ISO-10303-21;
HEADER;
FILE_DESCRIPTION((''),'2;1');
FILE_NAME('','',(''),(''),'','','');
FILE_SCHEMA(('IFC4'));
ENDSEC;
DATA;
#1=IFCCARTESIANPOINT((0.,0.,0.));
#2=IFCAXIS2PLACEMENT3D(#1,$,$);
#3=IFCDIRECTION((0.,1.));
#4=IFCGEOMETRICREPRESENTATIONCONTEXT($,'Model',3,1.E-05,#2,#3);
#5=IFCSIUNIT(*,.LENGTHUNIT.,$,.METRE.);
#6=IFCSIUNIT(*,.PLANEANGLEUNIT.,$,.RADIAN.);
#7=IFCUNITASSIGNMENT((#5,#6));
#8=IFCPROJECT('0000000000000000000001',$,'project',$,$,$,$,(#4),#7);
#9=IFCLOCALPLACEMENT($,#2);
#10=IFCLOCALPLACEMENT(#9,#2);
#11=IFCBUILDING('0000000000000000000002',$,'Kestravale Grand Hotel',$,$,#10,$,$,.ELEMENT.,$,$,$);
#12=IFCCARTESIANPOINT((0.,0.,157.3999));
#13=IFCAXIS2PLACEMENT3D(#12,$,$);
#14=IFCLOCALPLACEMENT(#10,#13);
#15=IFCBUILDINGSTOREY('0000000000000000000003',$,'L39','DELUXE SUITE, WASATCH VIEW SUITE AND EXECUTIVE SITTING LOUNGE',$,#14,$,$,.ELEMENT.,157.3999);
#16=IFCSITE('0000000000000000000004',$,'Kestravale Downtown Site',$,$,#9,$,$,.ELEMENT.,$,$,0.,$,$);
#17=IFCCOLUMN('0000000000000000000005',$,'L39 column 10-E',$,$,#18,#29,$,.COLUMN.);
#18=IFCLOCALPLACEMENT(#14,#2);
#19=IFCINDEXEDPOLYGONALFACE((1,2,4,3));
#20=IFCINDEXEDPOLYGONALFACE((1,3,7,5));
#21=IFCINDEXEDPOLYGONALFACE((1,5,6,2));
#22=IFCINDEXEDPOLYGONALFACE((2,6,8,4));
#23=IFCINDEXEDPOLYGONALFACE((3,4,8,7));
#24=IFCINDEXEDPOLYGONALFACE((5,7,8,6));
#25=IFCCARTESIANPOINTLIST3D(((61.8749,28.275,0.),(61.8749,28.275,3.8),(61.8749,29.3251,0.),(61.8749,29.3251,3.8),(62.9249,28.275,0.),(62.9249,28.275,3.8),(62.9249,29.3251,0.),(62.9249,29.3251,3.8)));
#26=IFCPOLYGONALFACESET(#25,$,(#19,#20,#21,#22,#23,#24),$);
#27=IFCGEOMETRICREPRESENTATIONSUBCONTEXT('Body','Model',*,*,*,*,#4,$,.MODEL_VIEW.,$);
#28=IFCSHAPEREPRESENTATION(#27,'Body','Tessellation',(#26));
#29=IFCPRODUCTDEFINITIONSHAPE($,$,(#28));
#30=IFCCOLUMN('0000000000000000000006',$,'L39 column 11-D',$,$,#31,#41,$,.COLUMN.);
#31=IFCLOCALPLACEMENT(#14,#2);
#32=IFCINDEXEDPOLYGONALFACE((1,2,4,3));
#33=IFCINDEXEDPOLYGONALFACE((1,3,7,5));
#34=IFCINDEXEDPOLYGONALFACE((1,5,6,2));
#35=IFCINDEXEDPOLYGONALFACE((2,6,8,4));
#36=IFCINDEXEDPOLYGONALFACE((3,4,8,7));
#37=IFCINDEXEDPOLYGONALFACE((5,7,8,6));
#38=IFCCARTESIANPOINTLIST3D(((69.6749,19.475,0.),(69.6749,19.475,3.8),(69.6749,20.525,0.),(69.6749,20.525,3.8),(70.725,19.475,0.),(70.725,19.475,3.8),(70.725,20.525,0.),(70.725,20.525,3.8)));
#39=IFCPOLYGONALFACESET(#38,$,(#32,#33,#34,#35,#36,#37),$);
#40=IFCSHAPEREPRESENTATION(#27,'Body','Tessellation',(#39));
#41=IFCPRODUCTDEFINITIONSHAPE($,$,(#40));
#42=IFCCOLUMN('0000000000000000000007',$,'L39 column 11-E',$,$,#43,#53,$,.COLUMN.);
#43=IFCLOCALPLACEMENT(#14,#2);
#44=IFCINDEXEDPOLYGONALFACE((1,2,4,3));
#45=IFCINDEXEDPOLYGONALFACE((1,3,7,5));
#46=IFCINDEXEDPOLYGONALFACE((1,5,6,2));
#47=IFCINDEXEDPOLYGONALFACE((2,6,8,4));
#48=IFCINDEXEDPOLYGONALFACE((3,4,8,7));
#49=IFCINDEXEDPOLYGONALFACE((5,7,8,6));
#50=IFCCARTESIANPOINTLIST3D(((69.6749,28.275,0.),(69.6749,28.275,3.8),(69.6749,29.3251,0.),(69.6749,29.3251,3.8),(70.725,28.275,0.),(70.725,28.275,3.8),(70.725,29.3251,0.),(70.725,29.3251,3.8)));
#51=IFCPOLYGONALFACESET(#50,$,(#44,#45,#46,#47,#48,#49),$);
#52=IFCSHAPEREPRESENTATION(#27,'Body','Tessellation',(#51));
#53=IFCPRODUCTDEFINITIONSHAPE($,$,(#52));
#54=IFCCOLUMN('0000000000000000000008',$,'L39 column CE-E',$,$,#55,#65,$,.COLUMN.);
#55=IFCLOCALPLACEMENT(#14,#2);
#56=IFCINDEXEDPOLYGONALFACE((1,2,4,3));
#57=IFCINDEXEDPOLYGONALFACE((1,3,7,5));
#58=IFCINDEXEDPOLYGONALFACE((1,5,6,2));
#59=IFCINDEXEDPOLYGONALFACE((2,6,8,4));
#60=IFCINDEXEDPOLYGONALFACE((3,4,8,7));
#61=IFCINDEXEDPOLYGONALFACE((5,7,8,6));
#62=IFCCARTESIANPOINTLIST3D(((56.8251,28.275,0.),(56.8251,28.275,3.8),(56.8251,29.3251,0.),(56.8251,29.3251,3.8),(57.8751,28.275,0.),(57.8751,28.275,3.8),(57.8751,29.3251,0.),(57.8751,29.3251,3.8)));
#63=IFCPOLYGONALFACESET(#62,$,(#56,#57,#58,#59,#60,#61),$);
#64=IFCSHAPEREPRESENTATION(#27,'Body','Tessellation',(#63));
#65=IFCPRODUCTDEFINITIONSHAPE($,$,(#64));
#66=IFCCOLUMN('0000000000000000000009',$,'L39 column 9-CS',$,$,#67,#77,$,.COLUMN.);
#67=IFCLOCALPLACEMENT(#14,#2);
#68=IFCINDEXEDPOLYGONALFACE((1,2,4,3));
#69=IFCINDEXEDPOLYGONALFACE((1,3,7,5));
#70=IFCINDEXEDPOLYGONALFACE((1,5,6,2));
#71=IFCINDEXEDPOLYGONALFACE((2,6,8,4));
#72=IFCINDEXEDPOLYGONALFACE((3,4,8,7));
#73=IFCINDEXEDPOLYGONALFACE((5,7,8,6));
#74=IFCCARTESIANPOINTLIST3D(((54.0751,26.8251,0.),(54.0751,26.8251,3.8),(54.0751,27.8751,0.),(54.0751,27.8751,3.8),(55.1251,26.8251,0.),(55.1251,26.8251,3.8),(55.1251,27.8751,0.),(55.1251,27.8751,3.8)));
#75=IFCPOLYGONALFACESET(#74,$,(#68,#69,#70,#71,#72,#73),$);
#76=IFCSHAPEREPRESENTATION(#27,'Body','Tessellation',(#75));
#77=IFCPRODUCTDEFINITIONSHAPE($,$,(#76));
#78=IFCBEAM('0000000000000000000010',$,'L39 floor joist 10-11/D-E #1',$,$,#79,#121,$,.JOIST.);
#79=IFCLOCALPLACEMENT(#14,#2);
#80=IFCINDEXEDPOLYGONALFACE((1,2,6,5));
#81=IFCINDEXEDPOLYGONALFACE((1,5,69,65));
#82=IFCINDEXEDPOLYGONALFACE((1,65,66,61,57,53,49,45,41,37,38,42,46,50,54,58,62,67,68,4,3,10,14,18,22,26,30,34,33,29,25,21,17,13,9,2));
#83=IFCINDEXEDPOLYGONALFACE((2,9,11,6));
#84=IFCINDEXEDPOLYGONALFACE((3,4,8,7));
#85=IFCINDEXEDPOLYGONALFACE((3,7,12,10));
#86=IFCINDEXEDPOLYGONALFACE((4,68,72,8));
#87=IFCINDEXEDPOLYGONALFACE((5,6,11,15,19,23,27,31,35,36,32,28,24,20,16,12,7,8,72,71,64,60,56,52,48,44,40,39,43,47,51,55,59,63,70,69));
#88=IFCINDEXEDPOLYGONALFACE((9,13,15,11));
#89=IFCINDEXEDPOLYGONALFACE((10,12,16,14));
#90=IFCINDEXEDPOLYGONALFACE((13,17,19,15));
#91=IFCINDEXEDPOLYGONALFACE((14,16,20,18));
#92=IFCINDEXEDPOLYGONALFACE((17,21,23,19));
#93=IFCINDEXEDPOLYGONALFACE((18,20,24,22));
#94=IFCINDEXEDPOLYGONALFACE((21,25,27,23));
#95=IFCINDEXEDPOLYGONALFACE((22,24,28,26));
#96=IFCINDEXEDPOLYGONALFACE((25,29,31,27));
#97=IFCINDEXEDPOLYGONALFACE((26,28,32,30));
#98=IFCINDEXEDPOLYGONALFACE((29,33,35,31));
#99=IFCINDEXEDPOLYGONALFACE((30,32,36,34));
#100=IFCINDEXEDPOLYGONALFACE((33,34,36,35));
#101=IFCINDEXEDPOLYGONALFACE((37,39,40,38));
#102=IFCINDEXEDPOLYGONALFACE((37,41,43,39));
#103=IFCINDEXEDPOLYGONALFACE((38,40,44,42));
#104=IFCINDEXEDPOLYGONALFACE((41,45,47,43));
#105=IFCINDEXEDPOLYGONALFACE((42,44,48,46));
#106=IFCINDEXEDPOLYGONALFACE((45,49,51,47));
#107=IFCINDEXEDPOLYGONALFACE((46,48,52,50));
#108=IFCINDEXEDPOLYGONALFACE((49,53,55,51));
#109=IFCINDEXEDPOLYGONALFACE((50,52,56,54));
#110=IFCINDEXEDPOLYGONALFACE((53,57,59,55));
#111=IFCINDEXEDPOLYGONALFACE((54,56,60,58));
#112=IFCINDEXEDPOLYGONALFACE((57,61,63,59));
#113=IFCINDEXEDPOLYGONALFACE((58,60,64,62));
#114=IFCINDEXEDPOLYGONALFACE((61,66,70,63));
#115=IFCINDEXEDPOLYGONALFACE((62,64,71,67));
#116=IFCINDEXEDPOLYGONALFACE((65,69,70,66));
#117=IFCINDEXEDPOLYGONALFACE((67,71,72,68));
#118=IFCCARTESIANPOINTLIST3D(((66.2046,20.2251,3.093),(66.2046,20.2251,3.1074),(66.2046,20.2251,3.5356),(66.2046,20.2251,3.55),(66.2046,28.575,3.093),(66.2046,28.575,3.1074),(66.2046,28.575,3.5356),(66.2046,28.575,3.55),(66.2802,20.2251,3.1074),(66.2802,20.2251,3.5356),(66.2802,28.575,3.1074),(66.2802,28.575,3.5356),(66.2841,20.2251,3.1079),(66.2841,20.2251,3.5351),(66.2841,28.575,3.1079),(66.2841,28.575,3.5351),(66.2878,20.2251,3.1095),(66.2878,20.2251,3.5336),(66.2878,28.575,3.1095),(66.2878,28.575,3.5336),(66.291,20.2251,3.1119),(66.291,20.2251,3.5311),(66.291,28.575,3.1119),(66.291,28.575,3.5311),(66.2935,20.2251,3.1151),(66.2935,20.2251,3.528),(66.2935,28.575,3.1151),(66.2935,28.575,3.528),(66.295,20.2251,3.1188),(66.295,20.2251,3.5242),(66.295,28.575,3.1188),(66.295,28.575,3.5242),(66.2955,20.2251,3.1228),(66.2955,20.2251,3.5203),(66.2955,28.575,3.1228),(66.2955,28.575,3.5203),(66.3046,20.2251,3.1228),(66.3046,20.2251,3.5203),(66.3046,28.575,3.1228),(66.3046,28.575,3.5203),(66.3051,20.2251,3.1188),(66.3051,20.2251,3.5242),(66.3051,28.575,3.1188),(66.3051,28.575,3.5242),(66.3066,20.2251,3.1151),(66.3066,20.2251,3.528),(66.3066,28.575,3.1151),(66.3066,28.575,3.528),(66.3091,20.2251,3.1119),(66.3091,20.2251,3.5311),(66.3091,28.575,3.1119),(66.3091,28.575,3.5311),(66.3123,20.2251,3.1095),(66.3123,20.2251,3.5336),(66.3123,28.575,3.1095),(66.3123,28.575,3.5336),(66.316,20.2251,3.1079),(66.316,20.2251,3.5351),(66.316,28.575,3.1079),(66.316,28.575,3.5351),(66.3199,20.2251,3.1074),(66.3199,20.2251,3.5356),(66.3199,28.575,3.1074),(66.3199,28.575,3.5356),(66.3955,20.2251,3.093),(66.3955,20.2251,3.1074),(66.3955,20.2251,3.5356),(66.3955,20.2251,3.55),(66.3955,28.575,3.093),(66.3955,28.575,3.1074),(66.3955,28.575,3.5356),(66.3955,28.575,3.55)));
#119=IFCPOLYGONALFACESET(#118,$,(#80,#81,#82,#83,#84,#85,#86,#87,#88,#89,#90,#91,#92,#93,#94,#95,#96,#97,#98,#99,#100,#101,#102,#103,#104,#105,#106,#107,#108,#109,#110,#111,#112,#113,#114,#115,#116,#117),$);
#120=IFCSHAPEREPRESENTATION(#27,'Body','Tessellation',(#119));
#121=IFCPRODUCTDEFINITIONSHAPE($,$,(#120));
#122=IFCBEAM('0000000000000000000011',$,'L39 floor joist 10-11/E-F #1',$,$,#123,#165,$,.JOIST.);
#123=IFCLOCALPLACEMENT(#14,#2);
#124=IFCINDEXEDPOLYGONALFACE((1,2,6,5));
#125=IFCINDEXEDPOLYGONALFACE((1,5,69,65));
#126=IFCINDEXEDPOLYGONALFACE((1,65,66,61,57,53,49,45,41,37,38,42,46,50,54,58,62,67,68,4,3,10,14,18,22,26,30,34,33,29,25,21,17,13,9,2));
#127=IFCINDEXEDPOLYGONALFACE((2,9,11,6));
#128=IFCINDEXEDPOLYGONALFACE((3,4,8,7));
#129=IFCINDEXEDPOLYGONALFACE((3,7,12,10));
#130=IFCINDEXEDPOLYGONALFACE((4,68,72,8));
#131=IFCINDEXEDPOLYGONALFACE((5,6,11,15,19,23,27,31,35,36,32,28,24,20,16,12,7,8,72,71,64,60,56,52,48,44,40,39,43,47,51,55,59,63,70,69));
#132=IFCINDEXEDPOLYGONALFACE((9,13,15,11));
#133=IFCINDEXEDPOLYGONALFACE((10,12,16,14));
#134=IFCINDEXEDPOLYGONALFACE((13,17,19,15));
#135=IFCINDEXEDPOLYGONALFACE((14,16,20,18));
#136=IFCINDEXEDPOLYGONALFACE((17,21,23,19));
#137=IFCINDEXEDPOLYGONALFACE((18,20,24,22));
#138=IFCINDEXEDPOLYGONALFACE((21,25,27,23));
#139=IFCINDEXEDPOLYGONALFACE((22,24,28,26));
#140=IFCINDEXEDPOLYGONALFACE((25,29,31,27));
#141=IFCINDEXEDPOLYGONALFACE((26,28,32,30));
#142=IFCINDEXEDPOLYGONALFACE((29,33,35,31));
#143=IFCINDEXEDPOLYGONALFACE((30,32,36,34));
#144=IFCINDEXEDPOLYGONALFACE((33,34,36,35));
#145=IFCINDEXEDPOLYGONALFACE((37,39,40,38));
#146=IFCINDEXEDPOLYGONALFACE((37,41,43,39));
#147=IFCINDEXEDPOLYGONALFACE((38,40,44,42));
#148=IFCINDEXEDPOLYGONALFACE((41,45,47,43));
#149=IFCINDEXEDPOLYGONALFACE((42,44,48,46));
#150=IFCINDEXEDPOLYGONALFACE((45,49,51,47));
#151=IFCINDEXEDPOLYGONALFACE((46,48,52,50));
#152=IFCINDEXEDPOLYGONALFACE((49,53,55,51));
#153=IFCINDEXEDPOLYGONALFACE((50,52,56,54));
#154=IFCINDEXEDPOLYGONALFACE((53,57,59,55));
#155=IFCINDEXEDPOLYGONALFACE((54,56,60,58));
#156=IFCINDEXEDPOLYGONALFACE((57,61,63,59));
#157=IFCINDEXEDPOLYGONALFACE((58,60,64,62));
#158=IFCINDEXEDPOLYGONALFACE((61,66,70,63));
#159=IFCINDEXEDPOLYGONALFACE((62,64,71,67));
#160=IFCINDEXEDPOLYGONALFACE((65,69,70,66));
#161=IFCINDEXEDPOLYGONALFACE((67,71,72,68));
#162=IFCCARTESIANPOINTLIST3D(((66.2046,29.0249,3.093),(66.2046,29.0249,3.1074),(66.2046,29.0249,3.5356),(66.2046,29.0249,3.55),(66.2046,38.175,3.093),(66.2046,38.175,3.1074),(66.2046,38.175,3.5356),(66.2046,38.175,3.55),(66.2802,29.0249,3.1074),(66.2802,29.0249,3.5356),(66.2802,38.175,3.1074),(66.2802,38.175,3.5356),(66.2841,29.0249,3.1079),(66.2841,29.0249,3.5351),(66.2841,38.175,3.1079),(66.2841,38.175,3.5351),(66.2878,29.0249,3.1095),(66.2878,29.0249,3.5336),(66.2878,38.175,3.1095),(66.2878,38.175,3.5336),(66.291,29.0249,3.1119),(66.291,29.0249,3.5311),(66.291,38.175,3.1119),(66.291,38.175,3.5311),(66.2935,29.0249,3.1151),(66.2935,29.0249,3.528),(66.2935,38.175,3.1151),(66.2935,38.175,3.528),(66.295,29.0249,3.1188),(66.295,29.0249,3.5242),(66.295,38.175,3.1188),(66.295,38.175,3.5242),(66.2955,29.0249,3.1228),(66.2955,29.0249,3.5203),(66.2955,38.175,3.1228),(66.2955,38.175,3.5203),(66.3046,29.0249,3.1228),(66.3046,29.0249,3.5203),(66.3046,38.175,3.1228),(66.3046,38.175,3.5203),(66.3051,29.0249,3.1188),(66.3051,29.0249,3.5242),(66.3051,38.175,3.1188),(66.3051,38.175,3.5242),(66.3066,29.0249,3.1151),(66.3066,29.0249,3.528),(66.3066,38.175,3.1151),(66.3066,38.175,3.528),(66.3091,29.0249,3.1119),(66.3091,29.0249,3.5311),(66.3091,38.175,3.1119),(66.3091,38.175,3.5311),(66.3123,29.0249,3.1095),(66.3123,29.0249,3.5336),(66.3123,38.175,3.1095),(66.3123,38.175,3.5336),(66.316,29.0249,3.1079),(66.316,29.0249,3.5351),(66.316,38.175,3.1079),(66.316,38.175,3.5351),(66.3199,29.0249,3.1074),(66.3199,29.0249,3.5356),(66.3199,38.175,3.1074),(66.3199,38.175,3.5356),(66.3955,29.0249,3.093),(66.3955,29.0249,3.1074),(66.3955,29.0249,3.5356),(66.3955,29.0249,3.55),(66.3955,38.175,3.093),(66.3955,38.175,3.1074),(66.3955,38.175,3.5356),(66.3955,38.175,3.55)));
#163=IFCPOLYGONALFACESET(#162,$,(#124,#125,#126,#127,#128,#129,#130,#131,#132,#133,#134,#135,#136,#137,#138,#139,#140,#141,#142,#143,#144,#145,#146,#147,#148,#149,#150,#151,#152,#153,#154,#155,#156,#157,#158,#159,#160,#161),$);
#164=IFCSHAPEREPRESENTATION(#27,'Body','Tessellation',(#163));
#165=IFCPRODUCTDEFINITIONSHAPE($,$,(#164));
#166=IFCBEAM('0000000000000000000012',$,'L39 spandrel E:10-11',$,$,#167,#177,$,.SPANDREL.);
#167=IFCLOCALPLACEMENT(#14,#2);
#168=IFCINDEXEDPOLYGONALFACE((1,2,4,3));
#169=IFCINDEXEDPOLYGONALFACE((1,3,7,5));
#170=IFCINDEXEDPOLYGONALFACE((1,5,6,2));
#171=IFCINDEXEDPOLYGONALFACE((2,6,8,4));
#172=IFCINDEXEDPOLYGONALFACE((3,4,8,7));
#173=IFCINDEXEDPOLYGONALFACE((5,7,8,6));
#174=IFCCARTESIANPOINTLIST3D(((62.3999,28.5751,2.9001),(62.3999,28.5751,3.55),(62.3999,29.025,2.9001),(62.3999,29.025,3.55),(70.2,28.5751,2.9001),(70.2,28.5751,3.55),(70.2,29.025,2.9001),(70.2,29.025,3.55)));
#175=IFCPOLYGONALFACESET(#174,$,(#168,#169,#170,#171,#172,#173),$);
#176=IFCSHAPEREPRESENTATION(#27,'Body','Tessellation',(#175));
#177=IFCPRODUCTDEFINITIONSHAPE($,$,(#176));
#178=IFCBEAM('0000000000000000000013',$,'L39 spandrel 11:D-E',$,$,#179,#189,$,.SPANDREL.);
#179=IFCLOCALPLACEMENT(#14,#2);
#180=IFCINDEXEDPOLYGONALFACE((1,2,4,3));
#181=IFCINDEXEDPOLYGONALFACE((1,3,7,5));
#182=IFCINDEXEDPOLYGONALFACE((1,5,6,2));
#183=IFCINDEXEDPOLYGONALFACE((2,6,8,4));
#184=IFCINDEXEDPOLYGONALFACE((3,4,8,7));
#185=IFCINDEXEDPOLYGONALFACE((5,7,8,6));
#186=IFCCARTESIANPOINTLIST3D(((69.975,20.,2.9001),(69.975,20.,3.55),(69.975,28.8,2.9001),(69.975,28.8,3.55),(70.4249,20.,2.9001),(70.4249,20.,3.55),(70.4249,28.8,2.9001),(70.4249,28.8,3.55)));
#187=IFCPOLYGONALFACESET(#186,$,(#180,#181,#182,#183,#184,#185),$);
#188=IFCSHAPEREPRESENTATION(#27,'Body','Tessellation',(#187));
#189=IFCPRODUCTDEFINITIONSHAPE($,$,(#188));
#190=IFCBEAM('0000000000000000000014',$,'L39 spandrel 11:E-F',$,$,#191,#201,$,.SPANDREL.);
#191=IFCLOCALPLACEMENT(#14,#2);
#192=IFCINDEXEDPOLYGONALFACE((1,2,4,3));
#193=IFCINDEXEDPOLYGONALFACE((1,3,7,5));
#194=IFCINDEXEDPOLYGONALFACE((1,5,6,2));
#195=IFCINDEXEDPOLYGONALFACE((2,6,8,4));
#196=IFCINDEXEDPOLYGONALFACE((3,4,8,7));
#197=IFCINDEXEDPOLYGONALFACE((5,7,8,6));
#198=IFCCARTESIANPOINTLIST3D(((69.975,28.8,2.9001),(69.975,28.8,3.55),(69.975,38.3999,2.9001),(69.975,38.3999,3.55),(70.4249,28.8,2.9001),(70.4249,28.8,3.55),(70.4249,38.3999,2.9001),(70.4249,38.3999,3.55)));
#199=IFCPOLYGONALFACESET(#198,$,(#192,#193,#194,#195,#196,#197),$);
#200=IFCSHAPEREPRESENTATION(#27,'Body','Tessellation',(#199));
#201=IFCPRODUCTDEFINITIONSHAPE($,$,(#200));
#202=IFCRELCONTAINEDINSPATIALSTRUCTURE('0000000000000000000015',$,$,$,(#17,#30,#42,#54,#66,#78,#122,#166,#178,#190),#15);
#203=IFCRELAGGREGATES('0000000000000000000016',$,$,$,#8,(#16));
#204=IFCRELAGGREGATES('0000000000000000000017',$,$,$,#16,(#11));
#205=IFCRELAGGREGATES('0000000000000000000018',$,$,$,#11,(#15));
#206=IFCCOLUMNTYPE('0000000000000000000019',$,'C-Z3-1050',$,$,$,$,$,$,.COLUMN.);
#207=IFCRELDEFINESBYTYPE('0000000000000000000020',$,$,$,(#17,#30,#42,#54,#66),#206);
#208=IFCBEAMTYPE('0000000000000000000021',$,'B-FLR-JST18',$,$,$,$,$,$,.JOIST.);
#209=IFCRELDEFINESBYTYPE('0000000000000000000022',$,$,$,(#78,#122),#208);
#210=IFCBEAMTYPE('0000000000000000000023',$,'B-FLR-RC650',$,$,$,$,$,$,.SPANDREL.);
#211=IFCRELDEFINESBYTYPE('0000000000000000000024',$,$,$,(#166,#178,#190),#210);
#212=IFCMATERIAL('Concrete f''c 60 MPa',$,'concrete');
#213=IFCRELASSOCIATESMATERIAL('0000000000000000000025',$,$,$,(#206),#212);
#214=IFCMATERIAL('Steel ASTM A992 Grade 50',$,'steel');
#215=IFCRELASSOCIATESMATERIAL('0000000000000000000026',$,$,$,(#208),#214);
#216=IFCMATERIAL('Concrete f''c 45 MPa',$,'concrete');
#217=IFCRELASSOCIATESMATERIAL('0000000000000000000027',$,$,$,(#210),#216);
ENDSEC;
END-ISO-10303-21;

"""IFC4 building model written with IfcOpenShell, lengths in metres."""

from ifc_helpers import new_model, si_unit, direction, frame, origin, origin_2d, place, context, subcontext, project, spatial, rectangle, i_section, extrude, material, material_profile, profile_set, type_object, element, save


model = new_model("IFC4")

# Units and contexts
model_context = context("Model", 3, precision=1e-05, world=origin(), true_north=direction((0.0, 1.0)))
body_context = subcontext(model_context, "Body", "Model", "MODEL_VIEW")
ifc_project = project(units=[si_unit("LENGTHUNIT", "METRE"), si_unit("PLANEANGLEUNIT", "RADIAN")], contexts=[model_context])

# Site, building, storey
site_placement = place(None, origin())
site = spatial("IfcSite", under=ifc_project, at=site_placement, Name="Kestravale Downtown Site", CompositionType="ELEMENT", RefElevation=0.0)
building_placement = place(site_placement, origin())
building = spatial("IfcBuilding", under=site, at=building_placement, Name="Kestravale Grand Hotel", CompositionType="ELEMENT")
storey_placement = place(building_placement, frame((0.0, 0.0, 157.3999)))
storey = spatial("IfcBuildingStorey", under=building, at=storey_placement, Name="L39", Description="DELUXE SUITE, WASATCH VIEW SUITE AND EXECUTIVE SITTING LOUNGE", CompositionType="ELEMENT", Elevation=157.3999)

# Columns
ifc_material_1 = material(Name="Concrete f'c 60 MPa", Category="concrete")
ifc_material_profile_1 = material_profile(ifc_material_1, rectangle(XDim=1.05, YDim=1.05, at=origin_2d()))
ifc_profile_set_1 = profile_set([ifc_material_profile_1], Name="Concrete f'c 60 MPa")
column_type = type_object("IfcColumnType", Name="C-Z3-1050", PredefinedType="COLUMN", material=ifc_profile_set_1)
for number, where, z_axis, x_axis, name in (
    (1, (62.3999, 28.8, 0.0), (0.0, 0.0, 1.0), (1.0, 0.0, 0.0), "L39 column 10-E"),
    (2, (70.2, 20.0, 0.0), (0.0, 0.0, 1.0), (1.0, 0.0, 0.0), "L39 column 11-D"),
    (3, (70.2, 28.8, 0.0), (0.0, 0.0, 1.0), (1.0, 0.0, 0.0), "L39 column 11-E"),
    (4, (57.3501, 28.8, 0.0), (0.0, 0.0, 1.0), (1.0, 0.0, 0.0), "L39 column CE-E"),
    (5, (54.6001, 27.3501, 0.0), (0.0, 0.0, 1.0), (1.0, 0.0, 0.0), "L39 column 9-CS"),
):
    element("IfcColumn", number, at=place(storey_placement, frame(where, z_axis=z_axis, x_axis=x_axis)), inside=storey, type_object=column_type, Name=name, PredefinedType="COLUMN", context=body_context, shape_type="SweptSolid", body=[
        extrude(rectangle(XDim=1.05, YDim=1.05, at=origin_2d()), origin(), (0.0, 0.0, 1.0), 3.8),
    ])

# Beams
ifc_material_2 = material(Name="Steel ASTM A992 Grade 50", Category="steel")
ifc_material_profile_2 = material_profile(ifc_material_2, i_section(OverallWidth=0.1909, OverallDepth=0.457, WebThickness=0.009, FlangeThickness=0.0144, FilletRadius=0.0154, at=origin_2d()))
ifc_profile_set_2 = profile_set([ifc_material_profile_2], Name="Steel ASTM A992 Grade 50")
beam_type_1 = type_object("IfcBeamType", Name="B-FLR-JST18", PredefinedType="JOIST", material=ifc_profile_set_2)
beam_1_placement = place(storey_placement, frame((66.3, 20.2251, 3.3215), z_axis=(0.0, 1.0, 0.0), x_axis=(-1.0, 0.0, 0.0)))
element("IfcBeam", 6, at=beam_1_placement, inside=storey, type_object=beam_type_1, Name="L39 floor joist 10-11/D-E #1", PredefinedType="JOIST", context=body_context, shape_type="SweptSolid", body=[
    extrude(i_section(OverallWidth=0.1909, OverallDepth=0.457, WebThickness=0.009, FlangeThickness=0.0144, FilletRadius=0.0154, at=origin_2d()), origin(), (0.0, 0.0, 1.0), 8.3499),
])
beam_2_placement = place(storey_placement, frame((66.3, 29.0249, 3.3215), z_axis=(0.0, 1.0, 0.0), x_axis=(-1.0, 0.0, 0.0)))
element("IfcBeam", 7, at=beam_2_placement, inside=storey, type_object=beam_type_1, Name="L39 floor joist 10-11/E-F #1", PredefinedType="JOIST", context=body_context, shape_type="SweptSolid", body=[
    extrude(i_section(OverallWidth=0.1909, OverallDepth=0.457, WebThickness=0.009, FlangeThickness=0.0144, FilletRadius=0.0154, at=origin_2d()), origin(), (0.0, 0.0, 1.0), 9.1501),
])
ifc_material_3 = material(Name="Concrete f'c 45 MPa", Category="concrete")
ifc_material_profile_3 = material_profile(ifc_material_3, rectangle(XDim=0.45, YDim=0.6499, at=origin_2d()))
ifc_profile_set_3 = profile_set([ifc_material_profile_3], Name="Concrete f'c 45 MPa")
beam_type_2 = type_object("IfcBeamType", Name="B-FLR-RC650", PredefinedType="SPANDREL", material=ifc_profile_set_3)
beam_3_placement = place(storey_placement, frame((62.3999, 28.8, 3.2251), z_axis=(1.0, 0.0, 0.0), x_axis=(0.0, 1.0, 0.0)))
element("IfcBeam", 8, at=beam_3_placement, inside=storey, type_object=beam_type_2, Name="L39 spandrel E:10-11", PredefinedType="SPANDREL", context=body_context, shape_type="SweptSolid", body=[
    extrude(rectangle(XDim=0.45, YDim=0.6499, at=origin_2d()), origin(), (0.0, 0.0, 1.0), 7.8),
])
beam_4_placement = place(storey_placement, frame((70.2, 20.0, 3.2251), z_axis=(0.0, 1.0, 0.0), x_axis=(-1.0, 0.0, 0.0)))
element("IfcBeam", 9, at=beam_4_placement, inside=storey, type_object=beam_type_2, Name="L39 spandrel 11:D-E", PredefinedType="SPANDREL", context=body_context, shape_type="SweptSolid", body=[
    extrude(rectangle(XDim=0.45, YDim=0.6499, at=origin_2d()), origin(), (0.0, 0.0, 1.0), 8.8),
])
beam_5_placement = place(storey_placement, frame((70.2, 28.8, 3.2251), z_axis=(0.0, 1.0, 0.0), x_axis=(-1.0, 0.0, 0.0)))
element("IfcBeam", 10, at=beam_5_placement, inside=storey, type_object=beam_type_2, Name="L39 spandrel 11:E-F", PredefinedType="SPANDREL", context=body_context, shape_type="SweptSolid", body=[
    extrude(rectangle(XDim=0.45, YDim=0.6499, at=origin_2d()), origin(), (0.0, 0.0, 1.0), 9.5999),
])

save(model, "model.ifc")
